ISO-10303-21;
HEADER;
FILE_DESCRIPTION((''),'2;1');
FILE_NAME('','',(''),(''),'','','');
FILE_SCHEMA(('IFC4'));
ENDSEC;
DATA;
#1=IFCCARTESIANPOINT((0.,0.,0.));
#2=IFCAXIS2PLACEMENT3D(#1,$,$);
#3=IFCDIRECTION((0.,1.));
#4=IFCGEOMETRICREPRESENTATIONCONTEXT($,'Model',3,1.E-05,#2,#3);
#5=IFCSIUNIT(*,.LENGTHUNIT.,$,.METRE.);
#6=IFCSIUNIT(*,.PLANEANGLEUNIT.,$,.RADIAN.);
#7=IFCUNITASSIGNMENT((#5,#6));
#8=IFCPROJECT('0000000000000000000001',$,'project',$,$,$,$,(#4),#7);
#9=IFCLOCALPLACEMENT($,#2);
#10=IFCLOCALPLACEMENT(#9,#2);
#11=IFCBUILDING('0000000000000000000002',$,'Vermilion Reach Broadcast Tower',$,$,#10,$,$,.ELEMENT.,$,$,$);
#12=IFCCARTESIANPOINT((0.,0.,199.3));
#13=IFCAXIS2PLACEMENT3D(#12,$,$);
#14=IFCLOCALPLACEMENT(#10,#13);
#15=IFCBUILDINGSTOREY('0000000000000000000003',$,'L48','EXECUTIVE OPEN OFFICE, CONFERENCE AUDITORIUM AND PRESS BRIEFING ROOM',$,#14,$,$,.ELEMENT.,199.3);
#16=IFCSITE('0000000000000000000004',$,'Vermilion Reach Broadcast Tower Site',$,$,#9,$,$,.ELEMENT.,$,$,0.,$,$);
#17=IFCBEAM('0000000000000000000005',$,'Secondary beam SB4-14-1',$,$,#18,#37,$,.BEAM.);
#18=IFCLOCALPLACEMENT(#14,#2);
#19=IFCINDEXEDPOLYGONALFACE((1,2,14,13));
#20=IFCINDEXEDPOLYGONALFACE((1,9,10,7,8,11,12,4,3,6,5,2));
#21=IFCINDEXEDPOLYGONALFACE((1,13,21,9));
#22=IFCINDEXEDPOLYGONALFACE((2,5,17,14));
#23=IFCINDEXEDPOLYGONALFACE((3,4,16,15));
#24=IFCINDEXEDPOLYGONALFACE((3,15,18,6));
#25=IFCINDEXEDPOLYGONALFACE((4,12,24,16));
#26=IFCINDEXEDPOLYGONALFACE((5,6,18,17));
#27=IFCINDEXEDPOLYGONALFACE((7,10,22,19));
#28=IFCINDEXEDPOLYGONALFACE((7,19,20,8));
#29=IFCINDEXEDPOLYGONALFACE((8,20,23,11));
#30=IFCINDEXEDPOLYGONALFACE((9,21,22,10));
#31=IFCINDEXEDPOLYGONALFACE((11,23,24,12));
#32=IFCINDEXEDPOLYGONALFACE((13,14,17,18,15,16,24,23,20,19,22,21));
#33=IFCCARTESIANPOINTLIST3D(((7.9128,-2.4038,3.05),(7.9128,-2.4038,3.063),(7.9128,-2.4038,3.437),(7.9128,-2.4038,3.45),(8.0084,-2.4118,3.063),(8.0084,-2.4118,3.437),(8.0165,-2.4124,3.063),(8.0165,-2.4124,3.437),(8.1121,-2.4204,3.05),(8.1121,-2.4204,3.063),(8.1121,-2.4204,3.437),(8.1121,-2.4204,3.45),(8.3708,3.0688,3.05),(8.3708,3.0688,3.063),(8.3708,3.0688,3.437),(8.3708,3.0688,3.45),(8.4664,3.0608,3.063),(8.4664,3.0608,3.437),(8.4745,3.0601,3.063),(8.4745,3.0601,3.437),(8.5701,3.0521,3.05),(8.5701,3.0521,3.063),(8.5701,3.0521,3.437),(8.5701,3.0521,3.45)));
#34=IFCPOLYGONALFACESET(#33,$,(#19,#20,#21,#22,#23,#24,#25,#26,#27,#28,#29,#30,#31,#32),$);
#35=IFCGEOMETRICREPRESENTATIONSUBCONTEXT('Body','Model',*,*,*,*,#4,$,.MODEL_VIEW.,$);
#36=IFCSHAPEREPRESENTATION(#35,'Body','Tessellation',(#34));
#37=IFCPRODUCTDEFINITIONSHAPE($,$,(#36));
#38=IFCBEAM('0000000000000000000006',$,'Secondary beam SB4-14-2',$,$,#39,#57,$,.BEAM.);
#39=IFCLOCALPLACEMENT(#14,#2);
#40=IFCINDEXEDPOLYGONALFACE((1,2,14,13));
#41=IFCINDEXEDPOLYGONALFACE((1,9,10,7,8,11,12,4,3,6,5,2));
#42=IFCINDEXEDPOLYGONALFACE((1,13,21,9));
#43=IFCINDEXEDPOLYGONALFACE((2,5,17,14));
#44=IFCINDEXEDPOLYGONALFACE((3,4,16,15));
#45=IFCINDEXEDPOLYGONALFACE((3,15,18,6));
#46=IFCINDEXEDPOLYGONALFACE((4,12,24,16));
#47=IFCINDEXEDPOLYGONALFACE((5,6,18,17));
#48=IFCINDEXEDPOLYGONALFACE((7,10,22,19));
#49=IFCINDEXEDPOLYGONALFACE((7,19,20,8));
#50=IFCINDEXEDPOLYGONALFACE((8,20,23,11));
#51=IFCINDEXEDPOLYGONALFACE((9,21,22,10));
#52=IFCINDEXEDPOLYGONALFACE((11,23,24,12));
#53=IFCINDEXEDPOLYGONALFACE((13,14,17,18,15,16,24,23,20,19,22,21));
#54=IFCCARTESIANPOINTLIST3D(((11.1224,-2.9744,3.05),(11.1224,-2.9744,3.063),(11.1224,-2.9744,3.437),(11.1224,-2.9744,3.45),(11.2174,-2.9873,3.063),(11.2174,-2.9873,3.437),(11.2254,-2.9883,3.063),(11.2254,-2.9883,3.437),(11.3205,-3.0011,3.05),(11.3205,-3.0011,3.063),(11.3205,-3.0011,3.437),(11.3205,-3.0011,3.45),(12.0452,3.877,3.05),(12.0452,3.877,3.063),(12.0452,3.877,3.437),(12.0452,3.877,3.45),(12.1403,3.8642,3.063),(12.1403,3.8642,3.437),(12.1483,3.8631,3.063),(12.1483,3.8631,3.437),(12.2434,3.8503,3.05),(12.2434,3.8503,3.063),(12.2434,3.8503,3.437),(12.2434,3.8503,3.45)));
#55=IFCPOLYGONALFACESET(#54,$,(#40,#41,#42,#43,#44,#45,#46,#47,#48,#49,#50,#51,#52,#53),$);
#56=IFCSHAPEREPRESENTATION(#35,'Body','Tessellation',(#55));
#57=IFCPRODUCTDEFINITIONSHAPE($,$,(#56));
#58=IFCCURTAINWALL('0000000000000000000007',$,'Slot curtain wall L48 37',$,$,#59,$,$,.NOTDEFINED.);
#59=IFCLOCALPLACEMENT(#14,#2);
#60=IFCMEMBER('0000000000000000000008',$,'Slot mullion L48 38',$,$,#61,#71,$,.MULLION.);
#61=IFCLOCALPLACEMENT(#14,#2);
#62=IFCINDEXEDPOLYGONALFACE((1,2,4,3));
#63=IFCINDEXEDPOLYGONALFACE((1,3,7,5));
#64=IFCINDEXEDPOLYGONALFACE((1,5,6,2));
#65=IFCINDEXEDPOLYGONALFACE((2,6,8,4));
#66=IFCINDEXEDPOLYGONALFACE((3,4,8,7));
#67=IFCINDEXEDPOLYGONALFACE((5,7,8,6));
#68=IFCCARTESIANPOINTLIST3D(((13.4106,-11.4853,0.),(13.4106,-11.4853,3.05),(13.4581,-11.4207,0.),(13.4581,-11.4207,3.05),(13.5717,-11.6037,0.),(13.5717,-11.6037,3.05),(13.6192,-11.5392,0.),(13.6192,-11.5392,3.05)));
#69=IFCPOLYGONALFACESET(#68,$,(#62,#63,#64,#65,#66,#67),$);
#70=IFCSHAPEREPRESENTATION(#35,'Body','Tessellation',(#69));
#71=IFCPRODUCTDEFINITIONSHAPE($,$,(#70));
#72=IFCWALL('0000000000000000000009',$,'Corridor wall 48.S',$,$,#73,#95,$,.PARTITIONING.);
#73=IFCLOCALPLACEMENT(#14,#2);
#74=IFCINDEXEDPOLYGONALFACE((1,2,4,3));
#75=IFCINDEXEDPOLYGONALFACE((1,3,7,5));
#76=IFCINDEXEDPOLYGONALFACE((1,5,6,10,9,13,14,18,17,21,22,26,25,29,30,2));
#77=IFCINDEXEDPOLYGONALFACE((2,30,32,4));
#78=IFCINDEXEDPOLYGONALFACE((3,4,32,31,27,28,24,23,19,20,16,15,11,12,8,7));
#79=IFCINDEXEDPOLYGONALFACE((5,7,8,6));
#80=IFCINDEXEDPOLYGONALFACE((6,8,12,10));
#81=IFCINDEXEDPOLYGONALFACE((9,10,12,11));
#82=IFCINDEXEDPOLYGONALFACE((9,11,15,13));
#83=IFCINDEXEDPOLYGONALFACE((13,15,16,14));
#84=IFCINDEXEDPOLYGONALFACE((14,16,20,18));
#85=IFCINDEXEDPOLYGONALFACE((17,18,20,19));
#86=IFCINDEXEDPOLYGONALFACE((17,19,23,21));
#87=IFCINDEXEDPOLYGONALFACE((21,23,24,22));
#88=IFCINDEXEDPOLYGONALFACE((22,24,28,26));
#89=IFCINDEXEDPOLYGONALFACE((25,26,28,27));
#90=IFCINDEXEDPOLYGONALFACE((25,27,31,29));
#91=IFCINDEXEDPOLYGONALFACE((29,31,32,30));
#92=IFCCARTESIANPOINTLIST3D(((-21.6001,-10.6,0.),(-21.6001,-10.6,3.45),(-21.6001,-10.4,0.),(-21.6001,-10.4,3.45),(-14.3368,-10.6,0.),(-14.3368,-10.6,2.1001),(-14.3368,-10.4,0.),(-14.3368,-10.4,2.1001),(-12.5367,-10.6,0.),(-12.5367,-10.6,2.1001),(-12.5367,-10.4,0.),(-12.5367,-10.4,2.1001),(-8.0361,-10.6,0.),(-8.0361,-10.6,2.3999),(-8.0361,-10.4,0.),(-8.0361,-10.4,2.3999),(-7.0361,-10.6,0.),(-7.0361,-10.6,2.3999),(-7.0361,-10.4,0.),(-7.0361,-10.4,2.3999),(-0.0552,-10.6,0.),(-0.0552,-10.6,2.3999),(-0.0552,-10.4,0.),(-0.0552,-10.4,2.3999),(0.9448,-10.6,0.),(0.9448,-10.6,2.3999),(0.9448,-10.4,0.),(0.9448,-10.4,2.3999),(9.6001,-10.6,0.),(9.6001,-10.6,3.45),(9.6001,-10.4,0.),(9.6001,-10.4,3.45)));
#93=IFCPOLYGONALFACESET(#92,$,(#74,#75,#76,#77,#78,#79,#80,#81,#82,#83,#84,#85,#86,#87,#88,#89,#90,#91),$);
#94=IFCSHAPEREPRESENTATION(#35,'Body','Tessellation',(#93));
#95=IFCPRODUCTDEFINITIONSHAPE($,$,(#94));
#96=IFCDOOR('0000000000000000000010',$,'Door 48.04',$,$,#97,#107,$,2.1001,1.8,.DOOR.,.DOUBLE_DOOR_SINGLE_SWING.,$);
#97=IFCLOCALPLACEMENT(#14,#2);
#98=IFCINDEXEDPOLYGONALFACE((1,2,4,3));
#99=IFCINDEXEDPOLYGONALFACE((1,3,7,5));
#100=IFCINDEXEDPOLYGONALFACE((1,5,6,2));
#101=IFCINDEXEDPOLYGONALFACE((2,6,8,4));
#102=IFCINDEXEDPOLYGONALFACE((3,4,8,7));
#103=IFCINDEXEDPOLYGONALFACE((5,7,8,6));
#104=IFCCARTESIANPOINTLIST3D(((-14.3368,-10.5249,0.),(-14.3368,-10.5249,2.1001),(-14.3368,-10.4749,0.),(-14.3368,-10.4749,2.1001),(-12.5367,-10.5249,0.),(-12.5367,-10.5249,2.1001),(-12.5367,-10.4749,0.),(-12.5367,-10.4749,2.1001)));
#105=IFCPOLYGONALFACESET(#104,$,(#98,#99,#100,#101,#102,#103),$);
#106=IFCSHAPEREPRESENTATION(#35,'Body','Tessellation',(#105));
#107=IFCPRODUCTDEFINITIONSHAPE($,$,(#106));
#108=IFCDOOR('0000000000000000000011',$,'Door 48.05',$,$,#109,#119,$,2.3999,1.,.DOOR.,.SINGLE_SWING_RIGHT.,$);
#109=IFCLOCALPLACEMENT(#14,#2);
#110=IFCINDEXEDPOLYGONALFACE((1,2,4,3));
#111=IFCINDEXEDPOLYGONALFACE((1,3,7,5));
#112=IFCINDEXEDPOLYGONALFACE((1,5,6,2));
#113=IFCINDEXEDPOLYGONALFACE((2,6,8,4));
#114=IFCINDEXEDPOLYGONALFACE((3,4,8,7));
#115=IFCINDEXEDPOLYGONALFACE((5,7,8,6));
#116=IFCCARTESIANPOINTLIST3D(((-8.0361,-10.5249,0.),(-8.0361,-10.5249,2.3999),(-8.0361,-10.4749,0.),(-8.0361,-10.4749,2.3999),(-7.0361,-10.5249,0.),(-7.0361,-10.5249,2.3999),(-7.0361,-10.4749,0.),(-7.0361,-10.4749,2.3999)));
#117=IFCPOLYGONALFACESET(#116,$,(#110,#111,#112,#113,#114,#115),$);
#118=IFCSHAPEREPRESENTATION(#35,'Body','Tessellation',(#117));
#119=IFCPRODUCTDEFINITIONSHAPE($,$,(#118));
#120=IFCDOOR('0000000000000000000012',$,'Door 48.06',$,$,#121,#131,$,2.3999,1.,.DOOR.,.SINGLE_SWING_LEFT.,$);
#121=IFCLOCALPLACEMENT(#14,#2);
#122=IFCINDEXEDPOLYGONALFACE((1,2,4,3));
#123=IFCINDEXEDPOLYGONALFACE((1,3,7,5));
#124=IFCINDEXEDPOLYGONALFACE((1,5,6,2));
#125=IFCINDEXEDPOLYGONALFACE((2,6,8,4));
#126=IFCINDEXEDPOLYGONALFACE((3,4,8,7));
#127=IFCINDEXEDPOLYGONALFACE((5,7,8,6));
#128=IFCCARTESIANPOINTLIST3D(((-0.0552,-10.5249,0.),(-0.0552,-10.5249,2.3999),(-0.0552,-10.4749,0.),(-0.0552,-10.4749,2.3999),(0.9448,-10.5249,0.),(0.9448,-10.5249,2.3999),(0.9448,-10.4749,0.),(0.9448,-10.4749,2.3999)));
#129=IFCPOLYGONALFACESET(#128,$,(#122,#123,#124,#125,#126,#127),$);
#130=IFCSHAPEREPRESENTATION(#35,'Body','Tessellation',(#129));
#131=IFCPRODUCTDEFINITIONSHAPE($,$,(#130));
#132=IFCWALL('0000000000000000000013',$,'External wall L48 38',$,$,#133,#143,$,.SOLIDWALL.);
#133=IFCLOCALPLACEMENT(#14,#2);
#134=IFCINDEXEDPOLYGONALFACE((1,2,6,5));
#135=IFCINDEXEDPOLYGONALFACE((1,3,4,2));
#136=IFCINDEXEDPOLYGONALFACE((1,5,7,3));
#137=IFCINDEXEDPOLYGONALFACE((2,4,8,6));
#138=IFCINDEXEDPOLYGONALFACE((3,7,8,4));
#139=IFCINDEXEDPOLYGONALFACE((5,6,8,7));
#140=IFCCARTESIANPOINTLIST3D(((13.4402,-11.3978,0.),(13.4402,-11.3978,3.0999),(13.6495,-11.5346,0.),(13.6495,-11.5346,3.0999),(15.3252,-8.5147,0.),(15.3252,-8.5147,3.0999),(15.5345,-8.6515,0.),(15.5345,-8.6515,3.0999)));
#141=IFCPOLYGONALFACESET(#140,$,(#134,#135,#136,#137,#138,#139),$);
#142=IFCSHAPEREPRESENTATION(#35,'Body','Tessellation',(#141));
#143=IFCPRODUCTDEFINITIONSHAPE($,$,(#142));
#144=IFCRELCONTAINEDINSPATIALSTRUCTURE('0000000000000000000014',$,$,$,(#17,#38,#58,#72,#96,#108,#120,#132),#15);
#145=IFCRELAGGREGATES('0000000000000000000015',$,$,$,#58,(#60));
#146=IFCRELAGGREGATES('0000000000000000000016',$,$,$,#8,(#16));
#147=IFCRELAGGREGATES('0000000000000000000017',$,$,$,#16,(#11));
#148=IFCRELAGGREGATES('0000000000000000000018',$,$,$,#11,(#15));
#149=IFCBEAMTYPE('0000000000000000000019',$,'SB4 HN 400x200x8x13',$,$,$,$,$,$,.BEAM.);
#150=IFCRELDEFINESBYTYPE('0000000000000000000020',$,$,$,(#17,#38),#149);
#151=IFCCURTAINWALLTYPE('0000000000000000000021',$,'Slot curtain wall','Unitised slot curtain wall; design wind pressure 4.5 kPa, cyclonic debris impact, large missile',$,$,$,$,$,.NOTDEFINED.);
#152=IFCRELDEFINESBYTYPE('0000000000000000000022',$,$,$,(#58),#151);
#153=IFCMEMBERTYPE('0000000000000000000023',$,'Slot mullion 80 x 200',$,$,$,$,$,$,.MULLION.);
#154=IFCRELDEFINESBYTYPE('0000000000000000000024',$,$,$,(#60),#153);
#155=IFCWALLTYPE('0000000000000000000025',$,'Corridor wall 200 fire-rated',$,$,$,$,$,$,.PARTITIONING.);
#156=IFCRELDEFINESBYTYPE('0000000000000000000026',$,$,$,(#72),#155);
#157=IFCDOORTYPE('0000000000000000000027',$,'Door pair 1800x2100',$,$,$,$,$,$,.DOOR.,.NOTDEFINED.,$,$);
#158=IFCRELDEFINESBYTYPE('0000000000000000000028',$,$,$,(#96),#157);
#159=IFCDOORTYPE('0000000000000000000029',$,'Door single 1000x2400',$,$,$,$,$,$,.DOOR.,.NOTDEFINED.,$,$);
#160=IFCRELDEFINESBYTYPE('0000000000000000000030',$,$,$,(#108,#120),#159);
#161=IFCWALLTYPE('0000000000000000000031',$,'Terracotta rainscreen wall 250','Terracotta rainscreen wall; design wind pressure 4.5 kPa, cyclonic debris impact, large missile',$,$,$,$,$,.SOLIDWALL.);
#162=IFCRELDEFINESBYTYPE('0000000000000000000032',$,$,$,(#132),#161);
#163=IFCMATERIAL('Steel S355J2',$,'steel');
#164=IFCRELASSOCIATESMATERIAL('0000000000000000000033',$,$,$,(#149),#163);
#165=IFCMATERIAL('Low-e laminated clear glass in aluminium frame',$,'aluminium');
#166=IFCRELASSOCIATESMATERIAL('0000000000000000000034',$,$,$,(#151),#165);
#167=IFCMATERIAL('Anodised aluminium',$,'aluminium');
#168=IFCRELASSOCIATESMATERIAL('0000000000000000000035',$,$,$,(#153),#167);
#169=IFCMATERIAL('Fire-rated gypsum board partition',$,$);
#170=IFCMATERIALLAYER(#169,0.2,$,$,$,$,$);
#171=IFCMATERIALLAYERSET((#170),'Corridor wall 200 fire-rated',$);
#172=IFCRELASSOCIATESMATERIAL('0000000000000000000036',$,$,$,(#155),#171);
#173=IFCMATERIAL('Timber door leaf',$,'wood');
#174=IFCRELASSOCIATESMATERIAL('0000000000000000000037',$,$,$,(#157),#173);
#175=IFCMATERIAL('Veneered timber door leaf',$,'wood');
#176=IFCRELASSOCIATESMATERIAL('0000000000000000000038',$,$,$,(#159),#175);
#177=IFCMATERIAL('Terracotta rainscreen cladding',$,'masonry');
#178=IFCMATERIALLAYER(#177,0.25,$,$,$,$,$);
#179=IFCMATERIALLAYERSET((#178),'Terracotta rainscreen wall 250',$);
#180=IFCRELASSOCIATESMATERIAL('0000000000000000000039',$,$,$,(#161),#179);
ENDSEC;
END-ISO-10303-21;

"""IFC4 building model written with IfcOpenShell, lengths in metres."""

from ifc_helpers import new_model, si_unit, direction, frame, frame_2d, origin, origin_2d, place, context, subcontext, project, spatial, rectangle, i_section, extrude, material, layer, layer_set, material_profile, profile_set, type_object, element, fill, aggregate, save


model = new_model("IFC4")

# Units and contexts
model_context = context("Model", 3, precision=1e-05, world=origin(), true_north=direction((0.0, 1.0)))
body_context = subcontext(model_context, "Body", "Model", "MODEL_VIEW")
ifc_project = project(units=[si_unit("LENGTHUNIT", "METRE"), si_unit("PLANEANGLEUNIT", "RADIAN")], contexts=[model_context])

# Site, building, storey
site_placement = place(None, origin())
site = spatial("IfcSite", under=ifc_project, at=site_placement, Name="Vermilion Reach Broadcast Tower Site", CompositionType="ELEMENT", RefElevation=0.0)
building_placement = place(site_placement, origin())
building = spatial("IfcBuilding", under=site, at=building_placement, Name="Vermilion Reach Broadcast Tower", CompositionType="ELEMENT")
storey_placement = place(building_placement, frame((0.0, 0.0, 199.3)))
storey = spatial("IfcBuildingStorey", under=building, at=storey_placement, Name="L48", Description="EXECUTIVE OPEN OFFICE, CONFERENCE AUDITORIUM AND PRESS BRIEFING ROOM", CompositionType="ELEMENT", Elevation=199.3)

# Beams
ifc_material_1 = material(Name="Steel S355J2", Category="steel")
ifc_material_profile_1 = material_profile(ifc_material_1, i_section(OverallWidth=0.2, OverallDepth=0.3999, WebThickness=0.0081, FlangeThickness=0.0129, at=origin_2d()), Name="S355J2 HN 400x200x8x13")
ifc_profile_set_1 = profile_set([ifc_material_profile_1], Name="Steel S355J2")
beam_type_1 = type_object("IfcBeamType", Name="SB4 HN 400x200x8x13", PredefinedType="BEAM", material=ifc_profile_set_1)
beam_1_placement = place(storey_placement, frame((8.0125, -2.4121, 3.25), z_axis=(0.083399, 0.996516, 0.0), x_axis=(-0.996516, 0.083399, 0.0)))
element("IfcBeam", 1, at=beam_1_placement, inside=storey, type_object=beam_type_1, Name="Secondary beam SB4-14-1", PredefinedType="BEAM", context=body_context, shape_type="SweptSolid", body=[
    extrude(i_section(OverallWidth=0.2, OverallDepth=0.3999, WebThickness=0.0081, FlangeThickness=0.0129, at=origin_2d()), origin(), (0.0, 0.0, 1.0), 5.4917),
])
beam_2_placement = place(storey_placement, frame((11.2214, -2.9878, 3.25), z_axis=(0.133487, 0.991051, 0.0), x_axis=(-0.991051, 0.133487, 0.0)))
element("IfcBeam", 2, at=beam_2_placement, inside=storey, type_object=beam_type_1, Name="Secondary beam SB4-14-2", PredefinedType="BEAM", context=body_context, shape_type="SweptSolid", body=[
    extrude(i_section(OverallWidth=0.2, OverallDepth=0.3999, WebThickness=0.0081, FlangeThickness=0.0129, at=origin_2d()), origin(), (0.0, 0.0, 1.0), 6.9133),
])

# Curtain wall, member
ifc_material_2 = material(Name="Low-e laminated clear glass in aluminium frame", Category="aluminium")
curtain_wall_type = type_object("IfcCurtainWallType", Name="Slot curtain wall", Description="Unitised slot curtain wall; design wind pressure 4.5 kPa, cyclonic debris impact, large missile", PredefinedType="NOTDEFINED", material=ifc_material_2)
curtain_wall_placement = place(storey_placement, origin())
curtain_wall = element("IfcCurtainWall", 3, at=curtain_wall_placement, inside=storey, type_object=curtain_wall_type, Name="Slot curtain wall L48 37", PredefinedType="NOTDEFINED")
ifc_material_3 = material(Name="Anodised aluminium", Category="aluminium")
ifc_material_profile_2 = material_profile(ifc_material_3, rectangle(XDim=0.2, YDim=0.0801, at=origin_2d()), Name="Slot mullion 80 x 200")
ifc_profile_set_2 = profile_set([ifc_material_profile_2], Name="Anodised aluminium")
member_type = type_object("IfcMemberType", Name="Slot mullion 80 x 200", PredefinedType="MULLION", material=ifc_profile_set_2)
member_placement = place(storey_placement, frame((13.5149, -11.5122, 0.0), z_axis=(0.0, 0.0, 1.0), x_axis=(-0.805732, 0.59228, 0.0)))
member = element("IfcMember", 4, at=member_placement, type_object=member_type, Name="Slot mullion L48 38", PredefinedType="MULLION", context=body_context, shape_type="SweptSolid", body=[
    extrude(rectangle(XDim=0.2, YDim=0.0801, at=origin_2d()), origin(), (0.0, 0.0, 1.0), 3.05),
])
aggregate(curtain_wall, [member])

# Wall, openings, doors
ifc_material_4 = material(Name="Fire-rated gypsum board partition")
ifc_layer_1 = layer(ifc_material_4, 0.2)
ifc_layer_set_1 = layer_set([ifc_layer_1], Name="Corridor wall 200 fire-rated")
wall_type_1 = type_object("IfcWallType", Name="Corridor wall 200 fire-rated", PredefinedType="PARTITIONING", material=ifc_layer_set_1)
wall_1_placement = place(storey_placement, frame((9.6001, -10.5, 0.0), z_axis=(0.0, 0.0, 1.0), x_axis=(-1.0, 0.0, 0.0)))
wall_1 = element("IfcWall", 5, at=wall_1_placement, inside=storey, type_object=wall_type_1, Name="Corridor wall 48.S", PredefinedType="PARTITIONING", context=body_context, shape_type="SweptSolid", body=[
    extrude(rectangle(XDim=31.2002, YDim=0.2, at=frame_2d((15.6001, 0.0))), origin(), (0.0, 0.0, 1.0), 3.45),
])
opening_1_placement = place(wall_1_placement, frame((22.137, 0.0, 0.0)))
opening_1 = element("IfcOpeningElement", 6, at=opening_1_placement, cuts=wall_1, PredefinedType="OPENING", context=body_context, shape_type="SweptSolid", body=[
    extrude(rectangle(XDim=1.8, YDim=2.1001, at=frame_2d((0.8999, 1.05))), frame((0.0, 0.1099, 0.0), z_axis=(0.0, -1.0, 0.0), x_axis=(1.0, 0.0, 0.0)), (0.0, 0.0, 1.0), 0.22),
])
opening_2_placement = place(wall_1_placement, frame((16.6362, 0.0, 0.0)))
opening_2 = element("IfcOpeningElement", 7, at=opening_2_placement, cuts=wall_1, PredefinedType="OPENING", context=body_context, shape_type="SweptSolid", body=[
    extrude(rectangle(XDim=1.0, YDim=2.3999, at=frame_2d((0.5, 1.2))), frame((0.0, 0.1099, 0.0), z_axis=(0.0, -1.0, 0.0), x_axis=(1.0, 0.0, 0.0)), (0.0, 0.0, 1.0), 0.22),
])
opening_3_placement = place(wall_1_placement, frame((8.6553, 0.0, 0.0)))
opening_3 = element("IfcOpeningElement", 8, at=opening_3_placement, cuts=wall_1, PredefinedType="OPENING", context=body_context, shape_type="SweptSolid", body=[
    extrude(rectangle(XDim=1.0, YDim=2.3999, at=frame_2d((0.5, 1.2))), frame((0.0, 0.1099, 0.0), z_axis=(0.0, -1.0, 0.0), x_axis=(1.0, 0.0, 0.0)), (0.0, 0.0, 1.0), 0.22),
])
ifc_material_5 = material(Name="Timber door leaf", Category="wood")
door_type_1 = type_object("IfcDoorType", Name="Door pair 1800x2100", OperationType="NOTDEFINED", PredefinedType="DOOR", material=ifc_material_5)
door_1_placement = place(opening_1_placement, origin())
door_1 = element("IfcDoor", 9, at=door_1_placement, inside=storey, type_object=door_type_1, Name="Door 48.04", OperationType="DOUBLE_DOOR_SINGLE_SWING", OverallHeight=2.1001, OverallWidth=1.8, PredefinedType="DOOR", context=body_context, shape_type="SweptSolid", body=[
    extrude(rectangle(XDim=1.8, YDim=2.1001, at=frame_2d((0.8999, 1.05))), frame((0.0, 0.0249, 0.0), z_axis=(0.0, -1.0, 0.0), x_axis=(1.0, 0.0, 0.0)), (0.0, 0.0, 1.0), 0.05),
])
fill(opening_1, door_1)
ifc_material_6 = material(Name="Veneered timber door leaf", Category="wood")
door_type_2 = type_object("IfcDoorType", Name="Door single 1000x2400", OperationType="NOTDEFINED", PredefinedType="DOOR", material=ifc_material_6)
door_2_placement = place(opening_2_placement, origin())
door_2 = element("IfcDoor", 10, at=door_2_placement, inside=storey, type_object=door_type_2, Name="Door 48.05", OperationType="SINGLE_SWING_RIGHT", OverallHeight=2.3999, OverallWidth=1.0, PredefinedType="DOOR", context=body_context, shape_type="SweptSolid", body=[
    extrude(rectangle(XDim=1.0, YDim=2.3999, at=frame_2d((0.5, 1.2))), frame((0.0, 0.0249, 0.0), z_axis=(0.0, -1.0, 0.0), x_axis=(1.0, 0.0, 0.0)), (0.0, 0.0, 1.0), 0.05),
])
fill(opening_2, door_2)
door_3_placement = place(opening_3_placement, origin())
door_3 = element("IfcDoor", 11, at=door_3_placement, inside=storey, type_object=door_type_2, Name="Door 48.06", OperationType="SINGLE_SWING_LEFT", OverallHeight=2.3999, OverallWidth=1.0, PredefinedType="DOOR", context=body_context, shape_type="SweptSolid", body=[
    extrude(rectangle(XDim=1.0, YDim=2.3999, at=frame_2d((0.5, 1.2))), frame((0.0, 0.0249, 0.0), z_axis=(0.0, -1.0, 0.0), x_axis=(1.0, 0.0, 0.0)), (0.0, 0.0, 1.0), 0.05),
])
fill(opening_3, door_3)

# Wall
ifc_material_7 = material(Name="Terracotta rainscreen cladding", Category="masonry")
ifc_layer_2 = layer(ifc_material_7, 0.25)
ifc_layer_set_2 = layer_set([ifc_layer_2], Name="Terracotta rainscreen wall 250")
wall_type_2 = type_object("IfcWallType", Name="Terracotta rainscreen wall 250", Description="Terracotta rainscreen wall; design wind pressure 4.5 kPa, cyclonic debris impact, large missile", PredefinedType="SOLIDWALL", material=ifc_layer_set_2)
wall_2_placement = place(storey_placement, frame((13.5449, -11.4661, 0.0), z_axis=(0.0, 0.0, 1.0), x_axis=(0.547236, 0.836978, 0.0)))
element("IfcWall", 12, at=wall_2_placement, inside=storey, type_object=wall_type_2, Name="External wall L48 38", PredefinedType="SOLIDWALL", context=body_context, shape_type="SweptSolid", body=[
    extrude(rectangle(XDim=3.4446, YDim=0.25, at=frame_2d((1.7222, 0.0))), origin(), (0.0, 0.0, 1.0), 3.0999),
])

save(model, "model.ifc")
